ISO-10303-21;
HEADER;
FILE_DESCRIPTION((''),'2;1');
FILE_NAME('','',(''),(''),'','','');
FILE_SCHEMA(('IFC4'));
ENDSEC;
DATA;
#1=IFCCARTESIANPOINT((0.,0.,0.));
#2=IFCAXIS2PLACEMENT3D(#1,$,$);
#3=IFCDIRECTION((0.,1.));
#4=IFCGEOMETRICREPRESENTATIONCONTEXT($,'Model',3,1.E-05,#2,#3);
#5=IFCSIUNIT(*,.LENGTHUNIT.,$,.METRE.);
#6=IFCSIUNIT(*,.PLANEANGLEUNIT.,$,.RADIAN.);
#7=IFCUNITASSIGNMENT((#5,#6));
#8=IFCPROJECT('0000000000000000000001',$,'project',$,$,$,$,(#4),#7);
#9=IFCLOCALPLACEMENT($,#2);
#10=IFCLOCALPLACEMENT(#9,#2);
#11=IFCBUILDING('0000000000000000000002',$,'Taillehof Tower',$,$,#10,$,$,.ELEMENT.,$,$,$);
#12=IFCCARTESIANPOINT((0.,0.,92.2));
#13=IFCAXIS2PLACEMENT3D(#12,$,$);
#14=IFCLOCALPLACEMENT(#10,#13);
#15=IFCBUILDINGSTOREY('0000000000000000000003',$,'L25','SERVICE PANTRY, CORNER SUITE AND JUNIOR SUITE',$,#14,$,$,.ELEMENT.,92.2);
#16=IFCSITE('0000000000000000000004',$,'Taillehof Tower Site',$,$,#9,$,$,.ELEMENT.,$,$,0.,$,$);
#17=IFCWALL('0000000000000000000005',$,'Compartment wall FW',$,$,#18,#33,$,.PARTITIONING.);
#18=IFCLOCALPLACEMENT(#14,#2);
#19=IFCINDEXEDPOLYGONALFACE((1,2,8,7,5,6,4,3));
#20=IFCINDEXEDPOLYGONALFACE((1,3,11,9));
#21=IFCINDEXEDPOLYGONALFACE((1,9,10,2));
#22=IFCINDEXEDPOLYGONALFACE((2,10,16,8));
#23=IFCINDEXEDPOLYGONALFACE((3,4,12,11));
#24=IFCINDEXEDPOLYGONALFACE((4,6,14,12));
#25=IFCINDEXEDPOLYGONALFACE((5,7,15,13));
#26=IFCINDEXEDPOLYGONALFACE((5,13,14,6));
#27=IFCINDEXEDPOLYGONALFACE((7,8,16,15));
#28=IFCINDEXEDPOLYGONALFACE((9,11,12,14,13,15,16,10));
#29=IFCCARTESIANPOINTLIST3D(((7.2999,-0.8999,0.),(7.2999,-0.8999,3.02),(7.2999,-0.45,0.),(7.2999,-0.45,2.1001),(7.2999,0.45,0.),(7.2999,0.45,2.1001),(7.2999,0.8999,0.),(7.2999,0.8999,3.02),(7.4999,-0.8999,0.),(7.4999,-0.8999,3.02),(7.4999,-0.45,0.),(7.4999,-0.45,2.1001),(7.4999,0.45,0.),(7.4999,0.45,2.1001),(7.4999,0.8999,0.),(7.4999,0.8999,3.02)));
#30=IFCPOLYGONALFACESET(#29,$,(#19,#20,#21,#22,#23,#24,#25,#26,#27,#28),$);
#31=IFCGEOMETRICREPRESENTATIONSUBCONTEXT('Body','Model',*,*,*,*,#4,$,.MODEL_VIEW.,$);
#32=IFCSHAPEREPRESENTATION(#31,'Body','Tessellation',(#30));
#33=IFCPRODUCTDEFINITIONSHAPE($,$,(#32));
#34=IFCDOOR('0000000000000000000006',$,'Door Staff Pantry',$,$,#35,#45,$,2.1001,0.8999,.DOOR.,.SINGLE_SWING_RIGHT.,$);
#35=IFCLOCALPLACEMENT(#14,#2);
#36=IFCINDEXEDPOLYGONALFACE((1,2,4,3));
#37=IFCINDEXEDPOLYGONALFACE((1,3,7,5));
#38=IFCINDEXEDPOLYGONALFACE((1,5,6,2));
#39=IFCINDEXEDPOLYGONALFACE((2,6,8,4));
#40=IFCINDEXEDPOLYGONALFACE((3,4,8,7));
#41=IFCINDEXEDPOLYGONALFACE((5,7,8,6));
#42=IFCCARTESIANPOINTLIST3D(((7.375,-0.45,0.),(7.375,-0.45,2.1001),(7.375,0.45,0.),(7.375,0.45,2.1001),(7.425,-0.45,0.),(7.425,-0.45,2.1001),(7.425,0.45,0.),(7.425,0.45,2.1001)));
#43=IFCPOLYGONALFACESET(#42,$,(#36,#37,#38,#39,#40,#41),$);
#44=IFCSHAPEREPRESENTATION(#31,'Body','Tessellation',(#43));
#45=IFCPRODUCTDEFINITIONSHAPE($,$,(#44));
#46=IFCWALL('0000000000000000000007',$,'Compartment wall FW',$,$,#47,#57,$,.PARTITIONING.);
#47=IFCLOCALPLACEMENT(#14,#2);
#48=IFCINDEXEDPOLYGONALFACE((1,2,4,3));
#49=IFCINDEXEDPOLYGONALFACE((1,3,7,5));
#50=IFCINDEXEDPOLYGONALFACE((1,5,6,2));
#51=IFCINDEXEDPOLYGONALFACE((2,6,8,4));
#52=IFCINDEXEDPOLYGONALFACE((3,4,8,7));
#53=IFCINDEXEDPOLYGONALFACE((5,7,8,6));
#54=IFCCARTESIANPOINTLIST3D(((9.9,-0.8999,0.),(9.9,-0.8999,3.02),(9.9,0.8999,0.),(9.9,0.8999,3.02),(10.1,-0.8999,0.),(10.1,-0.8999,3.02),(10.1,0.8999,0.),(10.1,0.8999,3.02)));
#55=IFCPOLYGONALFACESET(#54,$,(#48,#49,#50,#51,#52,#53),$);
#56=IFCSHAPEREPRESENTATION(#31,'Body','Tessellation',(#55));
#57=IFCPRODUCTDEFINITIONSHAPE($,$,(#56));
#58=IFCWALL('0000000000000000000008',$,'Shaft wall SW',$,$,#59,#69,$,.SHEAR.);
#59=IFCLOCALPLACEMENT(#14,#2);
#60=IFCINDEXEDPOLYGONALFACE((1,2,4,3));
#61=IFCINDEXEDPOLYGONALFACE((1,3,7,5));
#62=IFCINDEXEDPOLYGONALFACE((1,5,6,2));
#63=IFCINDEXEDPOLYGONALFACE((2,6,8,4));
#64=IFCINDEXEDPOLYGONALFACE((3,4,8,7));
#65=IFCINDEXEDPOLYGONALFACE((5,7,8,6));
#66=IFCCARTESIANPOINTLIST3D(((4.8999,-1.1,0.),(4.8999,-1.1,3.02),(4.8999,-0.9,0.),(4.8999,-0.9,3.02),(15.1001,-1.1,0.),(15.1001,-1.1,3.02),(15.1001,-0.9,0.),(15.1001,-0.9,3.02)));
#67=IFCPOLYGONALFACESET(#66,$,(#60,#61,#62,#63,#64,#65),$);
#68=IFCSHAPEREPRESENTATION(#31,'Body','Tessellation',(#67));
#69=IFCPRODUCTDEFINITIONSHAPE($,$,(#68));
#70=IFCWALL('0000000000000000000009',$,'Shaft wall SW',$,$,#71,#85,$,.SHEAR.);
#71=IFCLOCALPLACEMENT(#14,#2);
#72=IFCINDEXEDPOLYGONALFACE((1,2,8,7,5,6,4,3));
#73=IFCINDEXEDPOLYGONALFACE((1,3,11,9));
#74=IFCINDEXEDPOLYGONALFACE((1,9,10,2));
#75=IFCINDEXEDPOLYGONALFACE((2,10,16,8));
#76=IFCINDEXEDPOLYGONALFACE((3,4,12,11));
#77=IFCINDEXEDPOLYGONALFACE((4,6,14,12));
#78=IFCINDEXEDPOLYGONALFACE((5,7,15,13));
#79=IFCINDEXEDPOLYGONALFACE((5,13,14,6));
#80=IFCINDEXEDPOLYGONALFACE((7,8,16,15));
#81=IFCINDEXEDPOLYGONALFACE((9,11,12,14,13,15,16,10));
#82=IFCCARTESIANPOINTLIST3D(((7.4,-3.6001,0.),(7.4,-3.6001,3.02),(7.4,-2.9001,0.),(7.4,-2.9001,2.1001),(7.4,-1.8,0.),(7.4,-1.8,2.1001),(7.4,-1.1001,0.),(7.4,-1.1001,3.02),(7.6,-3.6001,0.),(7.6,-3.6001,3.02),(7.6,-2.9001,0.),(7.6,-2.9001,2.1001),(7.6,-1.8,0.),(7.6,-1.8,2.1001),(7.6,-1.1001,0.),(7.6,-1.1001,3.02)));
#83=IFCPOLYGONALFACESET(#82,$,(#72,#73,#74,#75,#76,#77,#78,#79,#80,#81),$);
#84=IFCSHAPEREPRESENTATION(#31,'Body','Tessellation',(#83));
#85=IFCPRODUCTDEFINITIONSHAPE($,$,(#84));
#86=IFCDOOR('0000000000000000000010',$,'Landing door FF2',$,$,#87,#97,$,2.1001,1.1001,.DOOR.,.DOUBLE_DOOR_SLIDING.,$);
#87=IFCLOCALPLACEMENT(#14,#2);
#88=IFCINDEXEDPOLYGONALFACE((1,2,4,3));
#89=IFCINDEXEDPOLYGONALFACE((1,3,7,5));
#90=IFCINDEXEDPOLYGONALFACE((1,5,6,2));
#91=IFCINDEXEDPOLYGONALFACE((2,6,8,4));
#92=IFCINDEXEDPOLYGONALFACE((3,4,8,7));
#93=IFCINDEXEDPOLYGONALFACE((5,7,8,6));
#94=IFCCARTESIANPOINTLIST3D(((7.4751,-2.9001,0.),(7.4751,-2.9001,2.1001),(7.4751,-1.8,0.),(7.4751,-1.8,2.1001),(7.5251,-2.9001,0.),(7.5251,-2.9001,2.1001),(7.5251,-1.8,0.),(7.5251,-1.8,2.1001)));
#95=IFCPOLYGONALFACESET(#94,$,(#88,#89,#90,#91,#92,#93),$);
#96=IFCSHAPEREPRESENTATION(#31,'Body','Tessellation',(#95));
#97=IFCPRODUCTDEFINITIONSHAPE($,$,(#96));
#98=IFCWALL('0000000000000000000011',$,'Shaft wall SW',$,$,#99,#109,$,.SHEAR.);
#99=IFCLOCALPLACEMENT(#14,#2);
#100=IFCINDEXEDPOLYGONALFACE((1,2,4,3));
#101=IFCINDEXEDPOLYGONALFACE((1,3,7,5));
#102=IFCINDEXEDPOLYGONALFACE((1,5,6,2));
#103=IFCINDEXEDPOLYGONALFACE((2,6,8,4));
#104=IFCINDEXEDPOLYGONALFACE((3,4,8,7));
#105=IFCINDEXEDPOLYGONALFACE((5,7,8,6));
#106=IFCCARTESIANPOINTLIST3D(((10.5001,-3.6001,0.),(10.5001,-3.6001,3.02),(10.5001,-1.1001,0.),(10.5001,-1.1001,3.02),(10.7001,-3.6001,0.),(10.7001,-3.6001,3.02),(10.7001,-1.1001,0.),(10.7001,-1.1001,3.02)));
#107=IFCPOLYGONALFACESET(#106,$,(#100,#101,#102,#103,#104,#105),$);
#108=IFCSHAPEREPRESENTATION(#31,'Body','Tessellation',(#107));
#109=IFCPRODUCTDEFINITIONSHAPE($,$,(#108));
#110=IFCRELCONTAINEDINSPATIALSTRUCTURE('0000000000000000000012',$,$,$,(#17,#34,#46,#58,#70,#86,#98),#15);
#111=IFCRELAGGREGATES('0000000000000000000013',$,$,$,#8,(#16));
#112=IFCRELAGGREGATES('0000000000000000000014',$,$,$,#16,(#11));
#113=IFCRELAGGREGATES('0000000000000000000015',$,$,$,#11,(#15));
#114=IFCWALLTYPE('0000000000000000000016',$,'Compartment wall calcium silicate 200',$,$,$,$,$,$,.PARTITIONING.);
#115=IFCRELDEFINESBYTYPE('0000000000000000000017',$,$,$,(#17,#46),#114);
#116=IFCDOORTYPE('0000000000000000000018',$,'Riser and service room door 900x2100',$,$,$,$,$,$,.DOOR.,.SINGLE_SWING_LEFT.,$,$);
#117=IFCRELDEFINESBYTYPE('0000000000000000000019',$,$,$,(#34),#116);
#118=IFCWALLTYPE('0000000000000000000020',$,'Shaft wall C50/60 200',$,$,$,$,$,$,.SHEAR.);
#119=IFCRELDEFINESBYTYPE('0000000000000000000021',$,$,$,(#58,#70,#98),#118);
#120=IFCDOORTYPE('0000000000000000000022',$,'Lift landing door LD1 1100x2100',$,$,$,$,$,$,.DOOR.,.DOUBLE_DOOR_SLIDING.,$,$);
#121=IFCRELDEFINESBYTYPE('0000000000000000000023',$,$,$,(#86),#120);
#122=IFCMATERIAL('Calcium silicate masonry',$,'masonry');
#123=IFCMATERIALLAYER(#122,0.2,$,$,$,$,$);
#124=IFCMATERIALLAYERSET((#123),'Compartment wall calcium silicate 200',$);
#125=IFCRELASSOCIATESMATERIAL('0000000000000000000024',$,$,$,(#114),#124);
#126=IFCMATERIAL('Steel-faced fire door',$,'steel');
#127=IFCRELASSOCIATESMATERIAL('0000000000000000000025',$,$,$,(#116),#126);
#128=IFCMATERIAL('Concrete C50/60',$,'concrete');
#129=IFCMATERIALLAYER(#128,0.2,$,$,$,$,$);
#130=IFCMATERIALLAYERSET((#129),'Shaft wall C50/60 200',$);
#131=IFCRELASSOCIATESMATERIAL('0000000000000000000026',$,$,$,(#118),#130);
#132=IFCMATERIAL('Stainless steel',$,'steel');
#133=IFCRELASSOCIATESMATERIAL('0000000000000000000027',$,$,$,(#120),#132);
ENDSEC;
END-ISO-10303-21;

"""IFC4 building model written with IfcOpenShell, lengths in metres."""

from ifc_helpers import new_model, si_unit, direction, frame, frame_2d, origin, place, context, subcontext, project, spatial, rectangle, extrude, material, layer, layer_set, type_object, element, fill, save


model = new_model("IFC4")

# Units and contexts
model_context = context("Model", 3, precision=1e-05, world=origin(), true_north=direction((0.0, 1.0)))
body_context = subcontext(model_context, "Body", "Model", "MODEL_VIEW")
ifc_project = project(units=[si_unit("LENGTHUNIT", "METRE"), si_unit("PLANEANGLEUNIT", "RADIAN")], contexts=[model_context])

# Site, building, storey
site_placement = place(None, origin())
site = spatial("IfcSite", under=ifc_project, at=site_placement, Name="Taillehof Tower Site", CompositionType="ELEMENT", RefElevation=0.0)
building_placement = place(site_placement, origin())
building = spatial("IfcBuilding", under=site, at=building_placement, Name="Taillehof Tower", CompositionType="ELEMENT")
storey_placement = place(building_placement, frame((0.0, 0.0, 92.2)))
storey = spatial("IfcBuildingStorey", under=building, at=storey_placement, Name="L25", Description="SERVICE PANTRY, CORNER SUITE AND JUNIOR SUITE", CompositionType="ELEMENT", Elevation=92.2)

# Wall, opening, door
ifc_material_1 = material(Name="Calcium silicate masonry", Category="masonry")
ifc_layer_1 = layer(ifc_material_1, 0.2)
ifc_layer_set_1 = layer_set([ifc_layer_1], Name="Compartment wall calcium silicate 200")
wall_type_1 = type_object("IfcWallType", Name="Compartment wall calcium silicate 200", PredefinedType="PARTITIONING", material=ifc_layer_set_1)
wall_1_placement = place(storey_placement, frame((7.3999, -0.8999, 0.0), z_axis=(0.0, 0.0, 1.0), x_axis=(0.0, 1.0, 0.0)))
wall_1 = element("IfcWall", 1, at=wall_1_placement, inside=storey, type_object=wall_type_1, Name="Compartment wall FW", PredefinedType="PARTITIONING", context=body_context, shape_type="SweptSolid", body=[
    extrude(rectangle(XDim=1.7998, YDim=0.2, at=frame_2d((0.8999, 0.0))), origin(), (0.0, 0.0, 1.0), 3.02),
])
opening_1_placement = place(wall_1_placement, frame((0.45, 0.0, 0.0)))
opening_1 = element("IfcOpeningElement", 2, at=opening_1_placement, cuts=wall_1, PredefinedType="OPENING", context=body_context, shape_type="SweptSolid", body=[
    extrude(rectangle(XDim=0.8999, YDim=2.1001, at=frame_2d((0.45, 1.05))), frame((0.0, 0.1099, 0.0), z_axis=(0.0, -1.0, 0.0), x_axis=(1.0, 0.0, 0.0)), (0.0, 0.0, 1.0), 0.22),
])
ifc_material_2 = material(Name="Steel-faced fire door", Category="steel")
door_type_1 = type_object("IfcDoorType", Name="Riser and service room door 900x2100", OperationType="SINGLE_SWING_LEFT", PredefinedType="DOOR", material=ifc_material_2)
door_1_placement = place(opening_1_placement, origin())
door_1 = element("IfcDoor", 3, at=door_1_placement, inside=storey, type_object=door_type_1, Name="Door Staff Pantry", OperationType="SINGLE_SWING_RIGHT", OverallHeight=2.1001, OverallWidth=0.8999, PredefinedType="DOOR", context=body_context, shape_type="SweptSolid", body=[
    extrude(rectangle(XDim=0.8999, YDim=2.1001, at=frame_2d((0.45, 1.05))), frame((0.0, 0.0249, 0.0), z_axis=(0.0, -1.0, 0.0), x_axis=(1.0, 0.0, 0.0)), (0.0, 0.0, 1.0), 0.05),
])
fill(opening_1, door_1)

# Walls
wall_2_placement = place(storey_placement, frame((10.0, -0.8999, 0.0), z_axis=(0.0, 0.0, 1.0), x_axis=(0.0, 1.0, 0.0)))
element("IfcWall", 4, at=wall_2_placement, inside=storey, type_object=wall_type_1, Name="Compartment wall FW", PredefinedType="PARTITIONING", context=body_context, shape_type="SweptSolid", body=[
    extrude(rectangle(XDim=1.7998, YDim=0.2, at=frame_2d((0.8999, 0.0))), origin(), (0.0, 0.0, 1.0), 3.02),
])
ifc_material_3 = material(Name="Concrete C50/60", Category="concrete")
ifc_layer_2 = layer(ifc_material_3, 0.2)
ifc_layer_set_2 = layer_set([ifc_layer_2], Name="Shaft wall C50/60 200")
wall_type_2 = type_object("IfcWallType", Name="Shaft wall C50/60 200", PredefinedType="SHEAR", material=ifc_layer_set_2)
wall_3_placement = place(storey_placement, frame((4.8999, -1.0, 0.0), z_axis=(0.0, 0.0, 1.0), x_axis=(1.0, 0.0, 0.0)))
element("IfcWall", 5, at=wall_3_placement, inside=storey, type_object=wall_type_2, Name="Shaft wall SW", PredefinedType="SHEAR", context=body_context, shape_type="SweptSolid", body=[
    extrude(rectangle(XDim=10.2002, YDim=0.2, at=frame_2d((5.1001, 0.0))), origin(), (0.0, 0.0, 1.0), 3.02),
])

# Wall, opening, door
wall_4_placement = place(storey_placement, frame((7.5, -3.6001, 0.0), z_axis=(0.0, 0.0, 1.0), x_axis=(0.0, 1.0, 0.0)))
wall_4 = element("IfcWall", 6, at=wall_4_placement, inside=storey, type_object=wall_type_2, Name="Shaft wall SW", PredefinedType="SHEAR", context=body_context, shape_type="SweptSolid", body=[
    extrude(rectangle(XDim=2.5, YDim=0.2, at=frame_2d((1.25, 0.0))), origin(), (0.0, 0.0, 1.0), 3.02),
])
opening_2_placement = place(wall_4_placement, frame((0.7, 0.0, 0.0)))
opening_2 = element("IfcOpeningElement", 7, at=opening_2_placement, cuts=wall_4, PredefinedType="OPENING", context=body_context, shape_type="SweptSolid", body=[
    extrude(rectangle(XDim=1.1001, YDim=2.1001, at=frame_2d((0.55, 1.05))), frame((0.0, 0.1099, 0.0), z_axis=(0.0, -1.0, 0.0), x_axis=(1.0, 0.0, 0.0)), (0.0, 0.0, 1.0), 0.22),
])
ifc_material_4 = material(Name="Stainless steel", Category="steel")
door_type_2 = type_object("IfcDoorType", Name="Lift landing door LD1 1100x2100", OperationType="DOUBLE_DOOR_SLIDING", PredefinedType="DOOR", material=ifc_material_4)
door_2_placement = place(opening_2_placement, origin())
door_2 = element("IfcDoor", 8, at=door_2_placement, inside=storey, type_object=door_type_2, Name="Landing door FF2", OperationType="DOUBLE_DOOR_SLIDING", OverallHeight=2.1001, OverallWidth=1.1001, PredefinedType="DOOR", context=body_context, shape_type="SweptSolid", body=[
    extrude(rectangle(XDim=1.1001, YDim=2.1001, at=frame_2d((0.55, 1.05))), frame((0.0, 0.0249, 0.0), z_axis=(0.0, -1.0, 0.0), x_axis=(1.0, 0.0, 0.0)), (0.0, 0.0, 1.0), 0.05),
])
fill(opening_2, door_2)

# Wall
wall_5_placement = place(storey_placement, frame((10.6001, -3.6001, 0.0), z_axis=(0.0, 0.0, 1.0), x_axis=(0.0, 1.0, 0.0)))
element("IfcWall", 9, at=wall_5_placement, inside=storey, type_object=wall_type_2, Name="Shaft wall SW", PredefinedType="SHEAR", context=body_context, shape_type="SweptSolid", body=[
    extrude(rectangle(XDim=2.5, YDim=0.2, at=frame_2d((1.25, 0.0))), origin(), (0.0, 0.0, 1.0), 3.02),
])

save(model, "model.ifc")
